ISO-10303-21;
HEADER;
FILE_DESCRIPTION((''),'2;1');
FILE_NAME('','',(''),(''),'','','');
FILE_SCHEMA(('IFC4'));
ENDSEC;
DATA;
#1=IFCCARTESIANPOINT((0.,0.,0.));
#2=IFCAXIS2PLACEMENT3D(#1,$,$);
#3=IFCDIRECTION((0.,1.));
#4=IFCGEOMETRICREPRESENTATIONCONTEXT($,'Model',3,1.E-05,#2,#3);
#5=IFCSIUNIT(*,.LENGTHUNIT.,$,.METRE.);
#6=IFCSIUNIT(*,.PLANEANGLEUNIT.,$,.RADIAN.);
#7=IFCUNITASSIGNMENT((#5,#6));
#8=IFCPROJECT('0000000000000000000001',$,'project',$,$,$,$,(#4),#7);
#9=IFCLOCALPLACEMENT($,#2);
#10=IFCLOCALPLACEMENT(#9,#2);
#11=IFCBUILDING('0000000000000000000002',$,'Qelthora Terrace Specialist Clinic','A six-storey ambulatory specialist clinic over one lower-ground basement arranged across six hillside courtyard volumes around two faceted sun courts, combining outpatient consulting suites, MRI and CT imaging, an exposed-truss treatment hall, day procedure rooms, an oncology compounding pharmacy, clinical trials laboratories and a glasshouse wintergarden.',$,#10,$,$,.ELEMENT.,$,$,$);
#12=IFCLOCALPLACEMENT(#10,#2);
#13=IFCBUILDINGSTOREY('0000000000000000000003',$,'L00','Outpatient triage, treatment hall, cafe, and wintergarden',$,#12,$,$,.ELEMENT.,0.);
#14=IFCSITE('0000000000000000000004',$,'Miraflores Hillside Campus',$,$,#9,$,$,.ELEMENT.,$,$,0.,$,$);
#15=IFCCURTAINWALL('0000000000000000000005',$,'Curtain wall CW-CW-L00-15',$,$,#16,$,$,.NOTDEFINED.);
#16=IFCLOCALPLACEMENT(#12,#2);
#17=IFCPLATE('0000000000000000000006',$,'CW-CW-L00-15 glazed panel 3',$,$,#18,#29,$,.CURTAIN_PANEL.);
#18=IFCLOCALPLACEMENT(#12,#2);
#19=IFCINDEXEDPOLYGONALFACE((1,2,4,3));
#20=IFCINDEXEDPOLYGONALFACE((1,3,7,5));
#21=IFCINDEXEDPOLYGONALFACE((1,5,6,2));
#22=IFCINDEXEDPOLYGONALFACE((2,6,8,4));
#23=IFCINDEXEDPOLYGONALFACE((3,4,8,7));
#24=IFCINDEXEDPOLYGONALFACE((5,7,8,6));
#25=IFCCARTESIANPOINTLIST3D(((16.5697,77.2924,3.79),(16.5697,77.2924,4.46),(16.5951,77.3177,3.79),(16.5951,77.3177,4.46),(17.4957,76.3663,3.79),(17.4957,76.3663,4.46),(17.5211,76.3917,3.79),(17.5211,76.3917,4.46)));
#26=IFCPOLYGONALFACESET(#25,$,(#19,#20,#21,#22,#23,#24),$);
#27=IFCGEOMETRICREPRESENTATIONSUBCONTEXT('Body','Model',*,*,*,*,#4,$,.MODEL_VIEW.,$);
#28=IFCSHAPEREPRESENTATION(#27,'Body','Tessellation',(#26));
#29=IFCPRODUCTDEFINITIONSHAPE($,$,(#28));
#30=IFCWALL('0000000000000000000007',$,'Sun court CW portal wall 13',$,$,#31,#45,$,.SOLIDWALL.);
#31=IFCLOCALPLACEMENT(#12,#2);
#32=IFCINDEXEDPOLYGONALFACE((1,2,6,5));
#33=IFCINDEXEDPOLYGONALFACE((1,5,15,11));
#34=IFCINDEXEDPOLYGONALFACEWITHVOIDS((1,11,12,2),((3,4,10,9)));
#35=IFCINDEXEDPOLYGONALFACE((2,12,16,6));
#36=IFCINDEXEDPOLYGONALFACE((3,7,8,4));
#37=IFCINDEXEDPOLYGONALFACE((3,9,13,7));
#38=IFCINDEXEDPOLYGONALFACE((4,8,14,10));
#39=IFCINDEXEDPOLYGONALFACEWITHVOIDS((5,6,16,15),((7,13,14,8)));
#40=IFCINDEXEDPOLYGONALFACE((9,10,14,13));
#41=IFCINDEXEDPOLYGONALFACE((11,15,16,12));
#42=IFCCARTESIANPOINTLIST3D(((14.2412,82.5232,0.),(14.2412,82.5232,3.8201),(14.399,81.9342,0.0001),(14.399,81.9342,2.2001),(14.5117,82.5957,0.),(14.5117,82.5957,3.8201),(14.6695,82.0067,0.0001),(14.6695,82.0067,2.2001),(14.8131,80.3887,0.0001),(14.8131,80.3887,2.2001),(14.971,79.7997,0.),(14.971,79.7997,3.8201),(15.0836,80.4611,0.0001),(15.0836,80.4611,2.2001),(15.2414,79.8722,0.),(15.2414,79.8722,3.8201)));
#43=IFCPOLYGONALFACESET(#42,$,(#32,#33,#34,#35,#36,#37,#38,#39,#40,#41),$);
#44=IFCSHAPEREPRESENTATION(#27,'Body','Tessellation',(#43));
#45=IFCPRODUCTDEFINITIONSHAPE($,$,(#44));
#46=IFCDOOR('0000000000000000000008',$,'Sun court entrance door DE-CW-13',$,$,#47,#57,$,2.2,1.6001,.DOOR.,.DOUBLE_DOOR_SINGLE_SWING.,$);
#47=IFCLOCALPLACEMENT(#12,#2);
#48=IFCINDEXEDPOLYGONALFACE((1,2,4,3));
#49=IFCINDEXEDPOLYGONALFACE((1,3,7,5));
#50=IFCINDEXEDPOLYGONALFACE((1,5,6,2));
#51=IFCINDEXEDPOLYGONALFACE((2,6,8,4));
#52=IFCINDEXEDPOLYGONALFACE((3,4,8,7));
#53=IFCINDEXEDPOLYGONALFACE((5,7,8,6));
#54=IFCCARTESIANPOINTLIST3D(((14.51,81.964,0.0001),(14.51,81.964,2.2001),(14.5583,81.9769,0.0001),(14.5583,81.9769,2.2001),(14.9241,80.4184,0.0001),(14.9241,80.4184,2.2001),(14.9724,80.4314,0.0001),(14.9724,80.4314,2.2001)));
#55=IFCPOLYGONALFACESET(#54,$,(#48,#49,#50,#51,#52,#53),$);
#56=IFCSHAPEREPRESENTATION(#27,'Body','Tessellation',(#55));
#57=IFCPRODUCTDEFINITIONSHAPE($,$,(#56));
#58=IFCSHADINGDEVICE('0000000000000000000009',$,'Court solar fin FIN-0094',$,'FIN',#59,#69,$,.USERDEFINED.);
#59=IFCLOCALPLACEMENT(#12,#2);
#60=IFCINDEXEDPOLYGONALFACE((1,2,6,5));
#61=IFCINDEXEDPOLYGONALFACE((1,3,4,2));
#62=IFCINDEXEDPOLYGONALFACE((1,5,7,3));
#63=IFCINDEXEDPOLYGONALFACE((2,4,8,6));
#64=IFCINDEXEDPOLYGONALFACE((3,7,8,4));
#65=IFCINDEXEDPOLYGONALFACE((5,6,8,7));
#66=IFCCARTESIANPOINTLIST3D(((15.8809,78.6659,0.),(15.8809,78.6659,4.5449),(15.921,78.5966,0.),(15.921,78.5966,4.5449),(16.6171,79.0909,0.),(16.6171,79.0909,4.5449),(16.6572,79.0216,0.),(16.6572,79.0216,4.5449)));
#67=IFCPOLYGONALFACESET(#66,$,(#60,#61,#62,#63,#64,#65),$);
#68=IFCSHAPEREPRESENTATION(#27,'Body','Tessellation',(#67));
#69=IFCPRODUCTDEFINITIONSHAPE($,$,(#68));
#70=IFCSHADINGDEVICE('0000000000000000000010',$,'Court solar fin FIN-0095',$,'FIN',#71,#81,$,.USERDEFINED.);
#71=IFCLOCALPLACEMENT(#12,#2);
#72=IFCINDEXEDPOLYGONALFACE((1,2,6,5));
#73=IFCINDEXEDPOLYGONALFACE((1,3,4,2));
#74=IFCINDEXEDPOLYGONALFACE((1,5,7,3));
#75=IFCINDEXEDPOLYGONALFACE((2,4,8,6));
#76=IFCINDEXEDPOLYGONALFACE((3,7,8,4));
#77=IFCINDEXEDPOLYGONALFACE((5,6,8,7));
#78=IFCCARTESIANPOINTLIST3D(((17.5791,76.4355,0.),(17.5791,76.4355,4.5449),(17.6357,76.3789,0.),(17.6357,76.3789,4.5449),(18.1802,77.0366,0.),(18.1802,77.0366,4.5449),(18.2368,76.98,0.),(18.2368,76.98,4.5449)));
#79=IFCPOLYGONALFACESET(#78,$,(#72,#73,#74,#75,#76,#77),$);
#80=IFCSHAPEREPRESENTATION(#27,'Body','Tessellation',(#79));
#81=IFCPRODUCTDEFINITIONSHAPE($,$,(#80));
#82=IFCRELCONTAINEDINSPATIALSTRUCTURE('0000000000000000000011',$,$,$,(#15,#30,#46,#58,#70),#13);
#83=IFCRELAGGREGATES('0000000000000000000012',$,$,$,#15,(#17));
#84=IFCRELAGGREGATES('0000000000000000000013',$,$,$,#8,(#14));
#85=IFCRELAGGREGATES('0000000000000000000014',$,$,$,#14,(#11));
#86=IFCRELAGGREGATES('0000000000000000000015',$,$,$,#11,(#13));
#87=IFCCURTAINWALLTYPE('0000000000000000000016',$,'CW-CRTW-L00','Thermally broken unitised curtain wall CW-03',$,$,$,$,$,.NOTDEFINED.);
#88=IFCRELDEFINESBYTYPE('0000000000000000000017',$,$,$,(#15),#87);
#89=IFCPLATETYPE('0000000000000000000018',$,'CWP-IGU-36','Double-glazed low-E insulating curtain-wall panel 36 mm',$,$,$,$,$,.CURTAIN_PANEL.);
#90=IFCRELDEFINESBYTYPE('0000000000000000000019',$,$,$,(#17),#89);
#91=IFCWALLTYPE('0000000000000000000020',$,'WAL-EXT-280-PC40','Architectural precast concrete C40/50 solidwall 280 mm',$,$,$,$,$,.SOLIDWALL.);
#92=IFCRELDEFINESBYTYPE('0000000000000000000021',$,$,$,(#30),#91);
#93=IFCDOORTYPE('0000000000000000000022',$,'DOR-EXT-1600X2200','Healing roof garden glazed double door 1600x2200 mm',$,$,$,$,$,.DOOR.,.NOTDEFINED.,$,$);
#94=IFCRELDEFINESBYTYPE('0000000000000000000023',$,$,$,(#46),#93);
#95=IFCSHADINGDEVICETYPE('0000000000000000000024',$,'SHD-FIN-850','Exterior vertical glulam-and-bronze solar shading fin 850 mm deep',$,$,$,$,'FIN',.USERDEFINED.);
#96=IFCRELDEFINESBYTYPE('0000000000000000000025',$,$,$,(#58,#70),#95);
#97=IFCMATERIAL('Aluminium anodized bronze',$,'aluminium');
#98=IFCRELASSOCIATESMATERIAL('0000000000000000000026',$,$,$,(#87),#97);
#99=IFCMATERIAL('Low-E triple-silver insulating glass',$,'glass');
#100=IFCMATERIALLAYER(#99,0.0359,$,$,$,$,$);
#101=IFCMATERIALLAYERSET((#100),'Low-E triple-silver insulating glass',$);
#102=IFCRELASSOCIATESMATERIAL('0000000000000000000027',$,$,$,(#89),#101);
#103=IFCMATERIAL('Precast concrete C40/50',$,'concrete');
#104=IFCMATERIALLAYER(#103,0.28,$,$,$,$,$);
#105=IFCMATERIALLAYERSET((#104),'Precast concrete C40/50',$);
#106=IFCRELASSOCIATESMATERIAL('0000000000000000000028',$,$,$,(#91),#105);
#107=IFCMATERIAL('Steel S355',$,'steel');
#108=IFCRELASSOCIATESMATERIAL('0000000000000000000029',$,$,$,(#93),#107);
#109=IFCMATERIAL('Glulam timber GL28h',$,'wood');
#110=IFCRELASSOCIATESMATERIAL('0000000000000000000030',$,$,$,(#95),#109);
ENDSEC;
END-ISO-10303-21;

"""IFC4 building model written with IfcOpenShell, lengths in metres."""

from ifc_helpers import new_model, si_unit, direction, frame, frame_2d, origin, origin_2d, place, context, subcontext, project, spatial, rectangle, extrude, material, layer, layer_set, type_object, element, fill, aggregate, save


model = new_model("IFC4")

# Units and contexts
model_context = context("Model", 3, precision=1e-05, world=origin(), true_north=direction((0.0, 1.0)))
body_context = subcontext(model_context, "Body", "Model", "MODEL_VIEW")
ifc_project = project(units=[si_unit("LENGTHUNIT", "METRE"), si_unit("PLANEANGLEUNIT", "RADIAN")], contexts=[model_context])

# Site, building, storey
site_placement = place(None, origin())
site = spatial("IfcSite", under=ifc_project, at=site_placement, Name="Miraflores Hillside Campus", CompositionType="ELEMENT", RefElevation=0.0)
building_placement = place(site_placement, origin())
building = spatial("IfcBuilding", under=site, at=building_placement, Name="Qelthora Terrace Specialist Clinic", Description="A six-storey ambulatory specialist clinic over one lower-ground basement arranged across six hillside courtyard volumes around two faceted sun courts, combining outpatient consulting suites, MRI and CT imaging, an exposed-truss treatment hall, day procedure rooms, an oncology compounding pharmacy, clinical trials laboratories and a glasshouse wintergarden.", CompositionType="ELEMENT")
storey_placement = place(building_placement, origin())
storey = spatial("IfcBuildingStorey", under=building, at=storey_placement, Name="L00", Description="Outpatient triage, treatment hall, cafe, and wintergarden", CompositionType="ELEMENT", Elevation=0.0)

# Shared definitions
ifc_material_1 = material(Name="Steel S355", Category="steel")

# Curtain wall
ifc_material_2 = material(Name="Aluminium anodized bronze", Category="aluminium")
curtain_wall_type = type_object("IfcCurtainWallType", Name="CW-CRTW-L00", Description="Thermally broken unitised curtain wall CW-03", PredefinedType="NOTDEFINED", material=ifc_material_2)
curtain_wall_1_placement = place(storey_placement, origin())
curtain_wall_1 = element("IfcCurtainWall", 1, at=curtain_wall_1_placement, inside=storey, type_object=curtain_wall_type, Name="Curtain wall CW-CW-L00-15", PredefinedType="NOTDEFINED")

# Shared definitions
ifc_material_3 = material(Name="Low-E triple-silver insulating glass", Category="glass")
ifc_layer_1 = layer(ifc_material_3, 0.0359)
ifc_layer_set_1 = layer_set([ifc_layer_1], Name="Low-E triple-silver insulating glass")
plate_type = type_object("IfcPlateType", Name="CWP-IGU-36", Description="Double-glazed low-E insulating curtain-wall panel 36 mm", PredefinedType="CURTAIN_PANEL", material=ifc_layer_set_1)

# Plate
plate_1_placement = place(storey_placement, frame((17.0454, 76.842, 3.79), z_axis=(0.0, 0.0, 1.0), x_axis=(0.707107, -0.707107, 0.0)))
plate_1 = element("IfcPlate", 2, at=plate_1_placement, type_object=plate_type, Name="CW-CW-L00-15 glazed panel 3", PredefinedType="CURTAIN_PANEL", context=body_context, shape_type="SweptSolid", body=[
    extrude(rectangle(XDim=1.3096, YDim=0.0359, at=origin_2d()), origin(), (0.0, 0.0, 1.0), 0.6699),
])
aggregate(curtain_wall_1, [plate_1])

# Wall, opening, door
ifc_material_4 = material(Name="Precast concrete C40/50", Category="concrete")
ifc_layer_2 = layer(ifc_material_4, 0.28)
ifc_layer_set_2 = layer_set([ifc_layer_2], Name="Precast concrete C40/50")
wall_type = type_object("IfcWallType", Name="WAL-EXT-280-PC40", Description="Architectural precast concrete C40/50 solidwall 280 mm", PredefinedType="SOLIDWALL", material=ifc_layer_set_2)
wall_placement = place(storey_placement, frame((14.3765, 82.5593, 0.0), z_axis=(0.0, 0.0, 1.0), x_axis=(0.258821, -0.965925, 0.0)))
wall = element("IfcWall", 3, at=wall_placement, inside=storey, type_object=wall_type, Name="Sun court CW portal wall 13", PredefinedType="SOLIDWALL", context=body_context, shape_type="SweptSolid", body=[
    extrude(rectangle(XDim=2.8196, YDim=0.28, at=frame_2d((1.4097, 0.0))), origin(), (0.0, 0.0, 1.0), 3.8201),
])
opening_placement = place(wall_placement, frame((0.6096, 0.0, 0.0)))
opening = element("IfcOpeningElement", 4, at=opening_placement, cuts=wall, PredefinedType="OPENING", context=body_context, shape_type="SweptSolid", body=[
    extrude(rectangle(XDim=1.6001, YDim=2.2, at=frame_2d((0.8, 1.1001))), frame((0.0, 0.1499, 0.0), z_axis=(0.0, -1.0, 0.0), x_axis=(1.0, 0.0, 0.0)), (0.0, 0.0, 1.0), 0.3),
])
door_type = type_object("IfcDoorType", Name="DOR-EXT-1600X2200", Description="Healing roof garden glazed double door 1600x2200 mm", OperationType="NOTDEFINED", PredefinedType="DOOR", material=ifc_material_1)
door_placement = place(opening_placement, origin())
door = element("IfcDoor", 5, at=door_placement, inside=storey, type_object=door_type, Name="Sun court entrance door DE-CW-13", OperationType="DOUBLE_DOOR_SINGLE_SWING", OverallHeight=2.2, OverallWidth=1.6001, PredefinedType="DOOR", context=body_context, shape_type="SweptSolid", body=[
    extrude(rectangle(XDim=1.6001, YDim=2.2, at=frame_2d((0.8, 1.1001))), frame((0.0, 0.0249, 0.0), z_axis=(0.0, -1.0, 0.0), x_axis=(1.0, 0.0, 0.0)), (0.0, 0.0, 1.0), 0.05),
])
fill(opening, door)

# Shading devices
ifc_material_5 = material(Name="Glulam timber GL28h", Category="wood")
shading_device_type = type_object("IfcShadingDeviceType", Name="SHD-FIN-850", Description="Exterior vertical glulam-and-bronze solar shading fin 850 mm deep", ElementType="FIN", PredefinedType="USERDEFINED", material=ifc_material_5)
for number, where, z_axis, x_axis, name in (
    (6, (16.269, 78.8438, 0.0), (0.0, 0.0, 1.0), (0.866025, 0.5, 0.0), "Court solar fin FIN-0094"),
    (7, (17.908, 76.7078, 0.0), (0.0, 0.0, 1.0), (0.707107, 0.707107, 0.0), "Court solar fin FIN-0095"),
):
    element("IfcShadingDevice", number, at=place(storey_placement, frame(where, z_axis=z_axis, x_axis=x_axis)), inside=storey, type_object=shading_device_type, Name=name, ObjectType="FIN", PredefinedType="USERDEFINED", context=body_context, shape_type="SweptSolid", body=[
        extrude(rectangle(XDim=0.8501, YDim=0.0801, at=origin_2d()), origin(), (0.0, 0.0, 1.0), 4.5449),
    ])

save(model, "model.ifc")
